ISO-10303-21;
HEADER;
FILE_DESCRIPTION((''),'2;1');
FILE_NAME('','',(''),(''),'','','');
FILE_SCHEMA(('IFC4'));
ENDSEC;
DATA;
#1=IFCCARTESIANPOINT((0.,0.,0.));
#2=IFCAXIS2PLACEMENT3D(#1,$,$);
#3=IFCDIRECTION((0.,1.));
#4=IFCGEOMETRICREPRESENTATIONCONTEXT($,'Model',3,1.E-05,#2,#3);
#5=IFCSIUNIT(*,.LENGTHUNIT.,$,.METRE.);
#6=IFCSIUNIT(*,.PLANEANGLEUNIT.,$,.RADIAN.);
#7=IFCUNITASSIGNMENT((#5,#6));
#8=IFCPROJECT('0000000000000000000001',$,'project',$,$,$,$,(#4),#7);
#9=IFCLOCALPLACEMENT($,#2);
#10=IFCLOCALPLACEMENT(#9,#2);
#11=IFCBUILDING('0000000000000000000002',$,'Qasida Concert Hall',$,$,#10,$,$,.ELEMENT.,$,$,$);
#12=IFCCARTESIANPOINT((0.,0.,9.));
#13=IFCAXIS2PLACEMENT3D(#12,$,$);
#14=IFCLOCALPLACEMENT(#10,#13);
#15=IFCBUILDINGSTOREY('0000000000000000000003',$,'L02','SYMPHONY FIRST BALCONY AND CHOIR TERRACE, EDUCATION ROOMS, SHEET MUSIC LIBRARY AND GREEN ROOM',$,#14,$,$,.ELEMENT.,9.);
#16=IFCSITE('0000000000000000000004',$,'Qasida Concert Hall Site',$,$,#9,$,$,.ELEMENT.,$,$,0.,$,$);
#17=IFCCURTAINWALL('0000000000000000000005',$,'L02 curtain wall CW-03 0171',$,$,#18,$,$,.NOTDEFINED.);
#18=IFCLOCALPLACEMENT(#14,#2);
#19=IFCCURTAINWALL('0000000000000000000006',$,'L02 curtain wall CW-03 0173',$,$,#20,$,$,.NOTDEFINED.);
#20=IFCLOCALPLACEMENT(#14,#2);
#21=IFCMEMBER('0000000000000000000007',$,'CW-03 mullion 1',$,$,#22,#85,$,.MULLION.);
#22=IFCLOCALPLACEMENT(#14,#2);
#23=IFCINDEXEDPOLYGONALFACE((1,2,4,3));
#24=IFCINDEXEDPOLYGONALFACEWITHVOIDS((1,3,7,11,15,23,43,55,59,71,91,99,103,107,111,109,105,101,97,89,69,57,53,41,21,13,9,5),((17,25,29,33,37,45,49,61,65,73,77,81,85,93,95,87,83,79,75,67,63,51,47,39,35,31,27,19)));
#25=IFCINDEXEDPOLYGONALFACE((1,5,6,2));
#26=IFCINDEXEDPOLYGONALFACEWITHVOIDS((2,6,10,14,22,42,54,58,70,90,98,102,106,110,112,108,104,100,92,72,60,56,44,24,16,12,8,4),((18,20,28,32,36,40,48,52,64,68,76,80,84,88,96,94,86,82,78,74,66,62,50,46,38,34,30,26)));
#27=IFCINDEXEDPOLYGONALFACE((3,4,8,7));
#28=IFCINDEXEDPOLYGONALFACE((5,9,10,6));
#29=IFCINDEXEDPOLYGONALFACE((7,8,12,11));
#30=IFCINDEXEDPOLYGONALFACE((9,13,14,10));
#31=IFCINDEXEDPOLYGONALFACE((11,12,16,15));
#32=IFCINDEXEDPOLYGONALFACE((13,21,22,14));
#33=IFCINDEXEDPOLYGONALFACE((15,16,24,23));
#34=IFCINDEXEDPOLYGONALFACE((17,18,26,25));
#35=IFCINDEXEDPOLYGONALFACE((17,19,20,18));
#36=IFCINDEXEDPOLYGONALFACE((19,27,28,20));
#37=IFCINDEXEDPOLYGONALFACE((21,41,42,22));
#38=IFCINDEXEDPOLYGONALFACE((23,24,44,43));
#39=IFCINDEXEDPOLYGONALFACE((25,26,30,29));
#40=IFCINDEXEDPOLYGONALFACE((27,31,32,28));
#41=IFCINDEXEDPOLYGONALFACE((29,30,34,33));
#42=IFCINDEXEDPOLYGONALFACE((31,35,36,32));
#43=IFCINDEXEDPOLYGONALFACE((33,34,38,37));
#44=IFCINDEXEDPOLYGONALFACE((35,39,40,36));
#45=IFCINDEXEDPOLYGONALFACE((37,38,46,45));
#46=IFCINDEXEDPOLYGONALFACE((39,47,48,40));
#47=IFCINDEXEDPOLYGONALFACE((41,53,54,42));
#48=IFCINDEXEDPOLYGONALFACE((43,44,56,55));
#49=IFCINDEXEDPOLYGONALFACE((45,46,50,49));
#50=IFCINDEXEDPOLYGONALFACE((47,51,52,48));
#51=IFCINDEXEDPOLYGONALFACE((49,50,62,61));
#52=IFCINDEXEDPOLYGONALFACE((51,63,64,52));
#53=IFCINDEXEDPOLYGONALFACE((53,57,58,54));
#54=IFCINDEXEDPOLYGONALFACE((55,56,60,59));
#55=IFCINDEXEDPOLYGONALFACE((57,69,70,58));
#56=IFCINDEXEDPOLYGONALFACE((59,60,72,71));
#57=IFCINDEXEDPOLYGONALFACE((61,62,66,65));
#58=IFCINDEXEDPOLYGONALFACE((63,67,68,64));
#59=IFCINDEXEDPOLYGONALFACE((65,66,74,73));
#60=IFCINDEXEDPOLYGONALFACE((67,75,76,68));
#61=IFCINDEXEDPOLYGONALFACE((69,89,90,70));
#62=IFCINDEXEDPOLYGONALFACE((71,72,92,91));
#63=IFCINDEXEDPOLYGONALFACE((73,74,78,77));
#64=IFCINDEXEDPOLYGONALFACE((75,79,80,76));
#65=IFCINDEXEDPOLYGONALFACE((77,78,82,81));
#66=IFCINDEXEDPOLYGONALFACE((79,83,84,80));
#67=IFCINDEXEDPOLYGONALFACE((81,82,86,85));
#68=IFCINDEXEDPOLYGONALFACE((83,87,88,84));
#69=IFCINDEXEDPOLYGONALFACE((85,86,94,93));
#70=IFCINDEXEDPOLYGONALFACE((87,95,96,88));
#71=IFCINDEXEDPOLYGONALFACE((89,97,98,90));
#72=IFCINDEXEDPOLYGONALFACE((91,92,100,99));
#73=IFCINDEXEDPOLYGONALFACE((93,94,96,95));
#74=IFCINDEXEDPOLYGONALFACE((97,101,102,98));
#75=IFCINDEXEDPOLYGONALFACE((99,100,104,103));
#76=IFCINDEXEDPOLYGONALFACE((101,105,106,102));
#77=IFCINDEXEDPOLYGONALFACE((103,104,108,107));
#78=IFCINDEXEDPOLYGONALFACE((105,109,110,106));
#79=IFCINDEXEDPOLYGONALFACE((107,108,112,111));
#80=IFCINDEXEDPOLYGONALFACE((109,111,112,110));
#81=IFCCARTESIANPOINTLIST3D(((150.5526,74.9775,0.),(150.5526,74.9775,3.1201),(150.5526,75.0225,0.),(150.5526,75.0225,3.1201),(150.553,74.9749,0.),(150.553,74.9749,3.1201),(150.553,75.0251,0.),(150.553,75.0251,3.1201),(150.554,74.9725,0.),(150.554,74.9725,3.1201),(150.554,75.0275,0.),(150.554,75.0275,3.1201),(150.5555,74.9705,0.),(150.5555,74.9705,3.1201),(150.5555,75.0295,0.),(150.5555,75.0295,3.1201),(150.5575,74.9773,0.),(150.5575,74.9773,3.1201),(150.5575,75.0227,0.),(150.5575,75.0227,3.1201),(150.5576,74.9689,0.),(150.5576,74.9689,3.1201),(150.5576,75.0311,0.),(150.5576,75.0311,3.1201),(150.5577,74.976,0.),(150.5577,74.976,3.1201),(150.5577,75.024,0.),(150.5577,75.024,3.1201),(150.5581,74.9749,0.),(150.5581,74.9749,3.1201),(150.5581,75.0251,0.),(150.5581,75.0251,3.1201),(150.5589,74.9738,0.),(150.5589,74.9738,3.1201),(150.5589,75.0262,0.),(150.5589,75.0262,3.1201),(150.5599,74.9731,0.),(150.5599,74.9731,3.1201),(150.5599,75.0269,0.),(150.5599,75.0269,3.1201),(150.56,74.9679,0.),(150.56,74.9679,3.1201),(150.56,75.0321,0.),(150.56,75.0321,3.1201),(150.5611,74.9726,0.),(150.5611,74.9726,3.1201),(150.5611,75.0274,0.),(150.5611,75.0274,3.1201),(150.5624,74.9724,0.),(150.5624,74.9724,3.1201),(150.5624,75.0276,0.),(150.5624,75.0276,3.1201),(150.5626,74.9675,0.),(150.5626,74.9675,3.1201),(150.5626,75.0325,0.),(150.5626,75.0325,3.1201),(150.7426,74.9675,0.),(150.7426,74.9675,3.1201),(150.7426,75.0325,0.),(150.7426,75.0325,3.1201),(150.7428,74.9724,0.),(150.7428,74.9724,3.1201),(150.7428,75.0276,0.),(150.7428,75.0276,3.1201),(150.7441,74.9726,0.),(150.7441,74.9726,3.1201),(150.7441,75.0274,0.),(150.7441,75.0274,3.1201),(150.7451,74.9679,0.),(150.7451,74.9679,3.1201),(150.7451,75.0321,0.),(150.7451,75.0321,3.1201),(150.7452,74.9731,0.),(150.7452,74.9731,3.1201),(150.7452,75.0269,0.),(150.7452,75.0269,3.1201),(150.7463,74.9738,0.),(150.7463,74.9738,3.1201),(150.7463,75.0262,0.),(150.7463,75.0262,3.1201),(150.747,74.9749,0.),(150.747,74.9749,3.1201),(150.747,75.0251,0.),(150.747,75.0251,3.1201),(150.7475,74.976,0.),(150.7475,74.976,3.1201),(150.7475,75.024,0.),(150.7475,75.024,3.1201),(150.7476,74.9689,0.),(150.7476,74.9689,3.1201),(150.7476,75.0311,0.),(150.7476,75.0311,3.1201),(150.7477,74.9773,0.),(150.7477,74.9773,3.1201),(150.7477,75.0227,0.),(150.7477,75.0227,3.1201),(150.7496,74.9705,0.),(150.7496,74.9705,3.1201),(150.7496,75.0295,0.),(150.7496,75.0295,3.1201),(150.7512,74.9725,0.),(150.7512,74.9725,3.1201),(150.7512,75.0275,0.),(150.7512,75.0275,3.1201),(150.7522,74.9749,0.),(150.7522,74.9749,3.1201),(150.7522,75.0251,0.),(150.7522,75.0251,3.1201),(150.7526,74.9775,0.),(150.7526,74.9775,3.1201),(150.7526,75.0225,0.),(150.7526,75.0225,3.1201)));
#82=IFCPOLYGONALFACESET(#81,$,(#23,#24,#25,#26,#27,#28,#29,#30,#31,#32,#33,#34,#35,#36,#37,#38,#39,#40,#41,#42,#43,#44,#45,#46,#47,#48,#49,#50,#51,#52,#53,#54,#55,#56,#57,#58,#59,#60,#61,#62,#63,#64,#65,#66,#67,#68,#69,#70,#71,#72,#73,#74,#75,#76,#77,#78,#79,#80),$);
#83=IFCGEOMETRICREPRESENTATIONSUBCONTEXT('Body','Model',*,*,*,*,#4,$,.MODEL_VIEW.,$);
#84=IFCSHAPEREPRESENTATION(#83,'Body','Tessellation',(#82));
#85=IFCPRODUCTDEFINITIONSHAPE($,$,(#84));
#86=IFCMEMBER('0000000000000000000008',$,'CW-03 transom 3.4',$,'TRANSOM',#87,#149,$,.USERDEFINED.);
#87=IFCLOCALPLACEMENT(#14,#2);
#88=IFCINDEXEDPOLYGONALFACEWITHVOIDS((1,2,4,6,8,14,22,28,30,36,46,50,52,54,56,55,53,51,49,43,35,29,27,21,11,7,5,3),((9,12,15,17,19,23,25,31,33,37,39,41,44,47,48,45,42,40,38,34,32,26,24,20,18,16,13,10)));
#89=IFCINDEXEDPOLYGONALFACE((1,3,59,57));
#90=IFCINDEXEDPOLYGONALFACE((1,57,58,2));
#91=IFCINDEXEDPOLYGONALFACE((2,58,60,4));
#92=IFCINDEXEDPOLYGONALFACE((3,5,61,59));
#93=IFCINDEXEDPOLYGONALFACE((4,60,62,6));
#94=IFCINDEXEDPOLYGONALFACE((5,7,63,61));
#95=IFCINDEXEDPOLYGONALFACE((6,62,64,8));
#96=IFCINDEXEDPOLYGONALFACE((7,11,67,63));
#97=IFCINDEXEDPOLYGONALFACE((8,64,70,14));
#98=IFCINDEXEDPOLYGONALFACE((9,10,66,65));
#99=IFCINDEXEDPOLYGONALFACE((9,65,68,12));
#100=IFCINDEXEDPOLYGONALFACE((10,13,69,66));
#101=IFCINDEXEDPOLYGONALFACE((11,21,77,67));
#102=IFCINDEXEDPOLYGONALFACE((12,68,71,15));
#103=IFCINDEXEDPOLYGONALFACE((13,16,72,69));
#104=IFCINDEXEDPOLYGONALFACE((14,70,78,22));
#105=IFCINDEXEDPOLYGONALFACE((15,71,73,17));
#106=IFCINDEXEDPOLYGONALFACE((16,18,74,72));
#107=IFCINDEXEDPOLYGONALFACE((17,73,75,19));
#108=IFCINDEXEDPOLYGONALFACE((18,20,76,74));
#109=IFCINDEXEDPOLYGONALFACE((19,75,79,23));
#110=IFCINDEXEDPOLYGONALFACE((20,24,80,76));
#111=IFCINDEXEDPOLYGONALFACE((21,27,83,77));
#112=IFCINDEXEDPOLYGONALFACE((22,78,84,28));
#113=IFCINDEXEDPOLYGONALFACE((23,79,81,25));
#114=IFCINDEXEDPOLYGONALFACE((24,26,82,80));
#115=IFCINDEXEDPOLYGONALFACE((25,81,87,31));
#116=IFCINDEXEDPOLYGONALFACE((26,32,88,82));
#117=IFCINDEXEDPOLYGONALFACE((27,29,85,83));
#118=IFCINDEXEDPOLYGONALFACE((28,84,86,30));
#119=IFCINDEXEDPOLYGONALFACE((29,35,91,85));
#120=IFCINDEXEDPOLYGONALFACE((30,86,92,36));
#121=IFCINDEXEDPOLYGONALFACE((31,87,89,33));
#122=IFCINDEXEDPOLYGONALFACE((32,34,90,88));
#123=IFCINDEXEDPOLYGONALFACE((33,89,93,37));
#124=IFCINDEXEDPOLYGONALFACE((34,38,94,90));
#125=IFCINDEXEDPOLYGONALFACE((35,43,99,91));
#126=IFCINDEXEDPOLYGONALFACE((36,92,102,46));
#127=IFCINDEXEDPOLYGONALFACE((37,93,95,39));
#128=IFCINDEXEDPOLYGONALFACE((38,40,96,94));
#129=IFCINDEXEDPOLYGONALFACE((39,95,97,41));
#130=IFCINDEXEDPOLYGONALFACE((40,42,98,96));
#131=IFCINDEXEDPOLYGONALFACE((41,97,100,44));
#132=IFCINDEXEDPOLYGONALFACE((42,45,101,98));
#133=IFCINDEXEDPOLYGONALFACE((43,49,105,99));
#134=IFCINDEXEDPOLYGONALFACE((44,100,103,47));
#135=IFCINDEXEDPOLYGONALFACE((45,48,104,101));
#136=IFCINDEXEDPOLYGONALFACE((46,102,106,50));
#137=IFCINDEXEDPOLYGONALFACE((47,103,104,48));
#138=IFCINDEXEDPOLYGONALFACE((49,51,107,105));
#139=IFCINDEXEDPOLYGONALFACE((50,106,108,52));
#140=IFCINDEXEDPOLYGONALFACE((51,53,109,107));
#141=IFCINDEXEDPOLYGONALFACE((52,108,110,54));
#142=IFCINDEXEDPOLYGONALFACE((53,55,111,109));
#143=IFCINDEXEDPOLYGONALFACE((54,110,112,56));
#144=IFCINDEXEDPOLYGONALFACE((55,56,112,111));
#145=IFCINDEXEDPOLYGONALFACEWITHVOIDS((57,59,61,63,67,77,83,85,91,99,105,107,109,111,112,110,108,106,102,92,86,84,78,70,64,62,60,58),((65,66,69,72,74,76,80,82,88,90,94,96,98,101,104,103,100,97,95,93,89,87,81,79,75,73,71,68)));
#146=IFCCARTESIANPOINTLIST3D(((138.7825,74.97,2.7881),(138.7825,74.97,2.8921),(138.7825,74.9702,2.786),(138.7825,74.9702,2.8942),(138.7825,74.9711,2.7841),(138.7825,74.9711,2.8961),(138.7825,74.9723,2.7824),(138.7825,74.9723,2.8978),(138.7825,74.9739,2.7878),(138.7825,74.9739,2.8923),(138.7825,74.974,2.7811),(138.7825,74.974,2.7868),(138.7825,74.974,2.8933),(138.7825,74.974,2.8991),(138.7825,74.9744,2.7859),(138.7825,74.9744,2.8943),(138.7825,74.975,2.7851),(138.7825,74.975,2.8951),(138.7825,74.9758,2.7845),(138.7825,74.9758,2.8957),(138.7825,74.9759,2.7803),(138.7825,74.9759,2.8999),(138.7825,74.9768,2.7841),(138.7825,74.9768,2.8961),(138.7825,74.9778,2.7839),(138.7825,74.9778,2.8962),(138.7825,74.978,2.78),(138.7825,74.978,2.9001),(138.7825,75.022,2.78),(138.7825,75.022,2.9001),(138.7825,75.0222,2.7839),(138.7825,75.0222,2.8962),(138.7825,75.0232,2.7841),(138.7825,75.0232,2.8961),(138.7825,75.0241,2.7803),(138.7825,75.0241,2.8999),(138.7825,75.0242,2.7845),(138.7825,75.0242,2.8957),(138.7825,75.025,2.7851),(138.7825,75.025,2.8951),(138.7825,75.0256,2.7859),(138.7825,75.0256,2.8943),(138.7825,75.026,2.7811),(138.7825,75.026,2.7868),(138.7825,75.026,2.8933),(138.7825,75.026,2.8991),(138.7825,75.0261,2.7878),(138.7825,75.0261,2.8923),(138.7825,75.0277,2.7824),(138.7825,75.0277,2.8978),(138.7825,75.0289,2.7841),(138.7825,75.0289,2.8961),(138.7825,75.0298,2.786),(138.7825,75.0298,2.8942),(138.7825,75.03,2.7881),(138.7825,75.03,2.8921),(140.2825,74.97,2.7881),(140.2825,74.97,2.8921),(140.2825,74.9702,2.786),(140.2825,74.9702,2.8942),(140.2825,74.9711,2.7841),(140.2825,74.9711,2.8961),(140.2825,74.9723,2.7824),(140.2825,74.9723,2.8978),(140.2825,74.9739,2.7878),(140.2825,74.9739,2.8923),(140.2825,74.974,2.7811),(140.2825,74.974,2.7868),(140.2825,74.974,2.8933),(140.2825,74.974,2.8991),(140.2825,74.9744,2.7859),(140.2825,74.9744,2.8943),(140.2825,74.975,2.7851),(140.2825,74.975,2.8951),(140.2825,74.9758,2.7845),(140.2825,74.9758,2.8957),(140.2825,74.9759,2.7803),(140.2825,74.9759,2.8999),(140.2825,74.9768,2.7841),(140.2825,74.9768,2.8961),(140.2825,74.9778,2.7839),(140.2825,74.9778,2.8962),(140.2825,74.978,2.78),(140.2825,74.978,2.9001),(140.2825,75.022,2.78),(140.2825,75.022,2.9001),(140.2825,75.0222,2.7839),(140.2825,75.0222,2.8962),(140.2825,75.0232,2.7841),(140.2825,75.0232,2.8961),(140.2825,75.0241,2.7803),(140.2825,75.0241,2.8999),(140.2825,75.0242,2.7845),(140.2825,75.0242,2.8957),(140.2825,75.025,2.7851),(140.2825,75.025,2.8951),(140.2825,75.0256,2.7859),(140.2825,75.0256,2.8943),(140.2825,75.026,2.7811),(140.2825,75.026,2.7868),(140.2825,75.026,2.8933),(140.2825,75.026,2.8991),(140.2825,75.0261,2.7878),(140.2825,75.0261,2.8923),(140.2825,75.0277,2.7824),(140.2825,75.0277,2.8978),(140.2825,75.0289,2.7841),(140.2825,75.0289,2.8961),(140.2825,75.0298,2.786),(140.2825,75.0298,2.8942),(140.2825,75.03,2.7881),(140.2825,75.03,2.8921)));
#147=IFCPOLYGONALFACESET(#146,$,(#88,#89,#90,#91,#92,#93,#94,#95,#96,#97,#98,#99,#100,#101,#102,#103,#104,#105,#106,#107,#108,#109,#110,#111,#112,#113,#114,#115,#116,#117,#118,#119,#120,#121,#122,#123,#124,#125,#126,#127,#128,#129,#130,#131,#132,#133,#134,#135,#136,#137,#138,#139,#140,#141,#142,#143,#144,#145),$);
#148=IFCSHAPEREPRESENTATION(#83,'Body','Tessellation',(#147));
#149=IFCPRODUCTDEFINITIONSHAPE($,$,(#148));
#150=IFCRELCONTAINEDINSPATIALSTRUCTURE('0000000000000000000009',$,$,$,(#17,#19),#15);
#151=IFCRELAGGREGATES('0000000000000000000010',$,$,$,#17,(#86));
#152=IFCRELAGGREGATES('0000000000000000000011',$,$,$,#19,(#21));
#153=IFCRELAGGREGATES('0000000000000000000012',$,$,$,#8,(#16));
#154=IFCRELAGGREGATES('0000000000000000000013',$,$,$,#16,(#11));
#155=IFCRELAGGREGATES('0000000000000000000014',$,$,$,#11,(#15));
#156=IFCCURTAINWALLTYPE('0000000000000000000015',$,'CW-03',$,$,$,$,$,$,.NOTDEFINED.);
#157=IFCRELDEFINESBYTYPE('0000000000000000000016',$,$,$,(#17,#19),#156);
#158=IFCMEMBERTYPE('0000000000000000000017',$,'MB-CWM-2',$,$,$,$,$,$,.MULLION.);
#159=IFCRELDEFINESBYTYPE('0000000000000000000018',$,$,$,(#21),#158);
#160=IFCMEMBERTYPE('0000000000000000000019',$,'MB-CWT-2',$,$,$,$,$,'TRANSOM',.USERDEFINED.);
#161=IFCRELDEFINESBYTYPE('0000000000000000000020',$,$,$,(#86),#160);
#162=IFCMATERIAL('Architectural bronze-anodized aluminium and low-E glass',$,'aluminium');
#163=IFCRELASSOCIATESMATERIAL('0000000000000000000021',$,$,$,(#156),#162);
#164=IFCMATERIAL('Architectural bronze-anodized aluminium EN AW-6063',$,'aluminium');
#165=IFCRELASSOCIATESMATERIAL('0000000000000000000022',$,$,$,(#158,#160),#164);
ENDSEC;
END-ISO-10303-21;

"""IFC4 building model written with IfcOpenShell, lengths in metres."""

from ifc_helpers import new_model, si_unit, direction, frame, origin, origin_2d, place, context, subcontext, project, spatial, hollow_rectangle, extrude, material, material_profile, profile_set, type_object, element, aggregate, save


model = new_model("IFC4")

# Units and contexts
model_context = context("Model", 3, precision=1e-05, world=origin(), true_north=direction((0.0, 1.0)))
body_context = subcontext(model_context, "Body", "Model", "MODEL_VIEW")
ifc_project = project(units=[si_unit("LENGTHUNIT", "METRE"), si_unit("PLANEANGLEUNIT", "RADIAN")], contexts=[model_context])

# Site, building, storey
site_placement = place(None, origin())
site = spatial("IfcSite", under=ifc_project, at=site_placement, Name="Qasida Concert Hall Site", CompositionType="ELEMENT", RefElevation=0.0)
building_placement = place(site_placement, origin())
building = spatial("IfcBuilding", under=site, at=building_placement, Name="Qasida Concert Hall", CompositionType="ELEMENT")
storey_placement = place(building_placement, frame((0.0, 0.0, 9.0)))
storey = spatial("IfcBuildingStorey", under=building, at=storey_placement, Name="L02", Description="SYMPHONY FIRST BALCONY AND CHOIR TERRACE, EDUCATION ROOMS, SHEET MUSIC LIBRARY AND GREEN ROOM", CompositionType="ELEMENT", Elevation=9.0)

# Curtain wall
ifc_material_1 = material(Name="Architectural bronze-anodized aluminium and low-E glass", Category="aluminium")
curtain_wall_type = type_object("IfcCurtainWallType", Name="CW-03", PredefinedType="NOTDEFINED", material=ifc_material_1)
curtain_wall_1_placement = place(storey_placement, origin())
curtain_wall_1 = element("IfcCurtainWall", 1, at=curtain_wall_1_placement, inside=storey, type_object=curtain_wall_type, Name="L02 curtain wall CW-03 0171", PredefinedType="NOTDEFINED")
ifc_material_2 = material(Name="Architectural bronze-anodized aluminium EN AW-6063", Category="aluminium")
ifc_material_profile_1 = material_profile(ifc_material_2, hollow_rectangle(XDim=0.0649, YDim=0.2, WallThickness=0.0049, InnerFilletRadius=0.0049, OuterFilletRadius=0.01, at=origin_2d()), Name="CWM 200x65x5")
ifc_profile_set_1 = profile_set([ifc_material_profile_1], Name="Architectural bronze-anodized aluminium EN AW-6063")
member_type_1 = type_object("IfcMemberType", Name="MB-CWM-2", PredefinedType="MULLION", material=ifc_profile_set_1)

# Curtain wall, member
curtain_wall_2_placement = place(storey_placement, origin())
curtain_wall_2 = element("IfcCurtainWall", 2, at=curtain_wall_2_placement, inside=storey, type_object=curtain_wall_type, Name="L02 curtain wall CW-03 0173", PredefinedType="NOTDEFINED")
member_1_placement = place(storey_placement, frame((150.6526, 75.0, 0.0), z_axis=(0.0, 0.0, 1.0), x_axis=(0.0, 1.0, 0.0)))
member_1 = element("IfcMember", 3, at=member_1_placement, type_object=member_type_1, Name="CW-03 mullion 1", PredefinedType="MULLION", context=body_context, shape_type="SweptSolid", body=[
    extrude(hollow_rectangle(XDim=0.0649, YDim=0.2, WallThickness=0.0049, InnerFilletRadius=0.0049, OuterFilletRadius=0.01, at=origin_2d()), origin(), (0.0, 0.0, 1.0), 3.1201),
])

# Member
ifc_material_profile_2 = material_profile(ifc_material_2, hollow_rectangle(XDim=0.0601, YDim=0.1201, WallThickness=0.0039, InnerFilletRadius=0.0039, OuterFilletRadius=0.0081, at=origin_2d()), Name="CWT 120x60x4")
ifc_profile_set_2 = profile_set([ifc_material_profile_2], Name="Architectural bronze-anodized aluminium EN AW-6063")
member_type_2 = type_object("IfcMemberType", Name="MB-CWT-2", ElementType="TRANSOM", PredefinedType="USERDEFINED", material=ifc_profile_set_2)
member_2_placement = place(storey_placement, frame((138.7825, 75.0, 2.8401), z_axis=(1.0, 0.0, 0.0), x_axis=(0.0, 1.0, 0.0)))
member_2 = element("IfcMember", 4, at=member_2_placement, type_object=member_type_2, Name="CW-03 transom 3.4", ObjectType="TRANSOM", PredefinedType="USERDEFINED", context=body_context, shape_type="SweptSolid", body=[
    extrude(hollow_rectangle(XDim=0.0601, YDim=0.1201, WallThickness=0.0039, InnerFilletRadius=0.0039, OuterFilletRadius=0.0081, at=origin_2d()), origin(), (0.0, 0.0, 1.0), 1.5),
])

aggregate(curtain_wall_1, [member_2])
aggregate(curtain_wall_2, [member_1])

save(model, "model.ifc")
